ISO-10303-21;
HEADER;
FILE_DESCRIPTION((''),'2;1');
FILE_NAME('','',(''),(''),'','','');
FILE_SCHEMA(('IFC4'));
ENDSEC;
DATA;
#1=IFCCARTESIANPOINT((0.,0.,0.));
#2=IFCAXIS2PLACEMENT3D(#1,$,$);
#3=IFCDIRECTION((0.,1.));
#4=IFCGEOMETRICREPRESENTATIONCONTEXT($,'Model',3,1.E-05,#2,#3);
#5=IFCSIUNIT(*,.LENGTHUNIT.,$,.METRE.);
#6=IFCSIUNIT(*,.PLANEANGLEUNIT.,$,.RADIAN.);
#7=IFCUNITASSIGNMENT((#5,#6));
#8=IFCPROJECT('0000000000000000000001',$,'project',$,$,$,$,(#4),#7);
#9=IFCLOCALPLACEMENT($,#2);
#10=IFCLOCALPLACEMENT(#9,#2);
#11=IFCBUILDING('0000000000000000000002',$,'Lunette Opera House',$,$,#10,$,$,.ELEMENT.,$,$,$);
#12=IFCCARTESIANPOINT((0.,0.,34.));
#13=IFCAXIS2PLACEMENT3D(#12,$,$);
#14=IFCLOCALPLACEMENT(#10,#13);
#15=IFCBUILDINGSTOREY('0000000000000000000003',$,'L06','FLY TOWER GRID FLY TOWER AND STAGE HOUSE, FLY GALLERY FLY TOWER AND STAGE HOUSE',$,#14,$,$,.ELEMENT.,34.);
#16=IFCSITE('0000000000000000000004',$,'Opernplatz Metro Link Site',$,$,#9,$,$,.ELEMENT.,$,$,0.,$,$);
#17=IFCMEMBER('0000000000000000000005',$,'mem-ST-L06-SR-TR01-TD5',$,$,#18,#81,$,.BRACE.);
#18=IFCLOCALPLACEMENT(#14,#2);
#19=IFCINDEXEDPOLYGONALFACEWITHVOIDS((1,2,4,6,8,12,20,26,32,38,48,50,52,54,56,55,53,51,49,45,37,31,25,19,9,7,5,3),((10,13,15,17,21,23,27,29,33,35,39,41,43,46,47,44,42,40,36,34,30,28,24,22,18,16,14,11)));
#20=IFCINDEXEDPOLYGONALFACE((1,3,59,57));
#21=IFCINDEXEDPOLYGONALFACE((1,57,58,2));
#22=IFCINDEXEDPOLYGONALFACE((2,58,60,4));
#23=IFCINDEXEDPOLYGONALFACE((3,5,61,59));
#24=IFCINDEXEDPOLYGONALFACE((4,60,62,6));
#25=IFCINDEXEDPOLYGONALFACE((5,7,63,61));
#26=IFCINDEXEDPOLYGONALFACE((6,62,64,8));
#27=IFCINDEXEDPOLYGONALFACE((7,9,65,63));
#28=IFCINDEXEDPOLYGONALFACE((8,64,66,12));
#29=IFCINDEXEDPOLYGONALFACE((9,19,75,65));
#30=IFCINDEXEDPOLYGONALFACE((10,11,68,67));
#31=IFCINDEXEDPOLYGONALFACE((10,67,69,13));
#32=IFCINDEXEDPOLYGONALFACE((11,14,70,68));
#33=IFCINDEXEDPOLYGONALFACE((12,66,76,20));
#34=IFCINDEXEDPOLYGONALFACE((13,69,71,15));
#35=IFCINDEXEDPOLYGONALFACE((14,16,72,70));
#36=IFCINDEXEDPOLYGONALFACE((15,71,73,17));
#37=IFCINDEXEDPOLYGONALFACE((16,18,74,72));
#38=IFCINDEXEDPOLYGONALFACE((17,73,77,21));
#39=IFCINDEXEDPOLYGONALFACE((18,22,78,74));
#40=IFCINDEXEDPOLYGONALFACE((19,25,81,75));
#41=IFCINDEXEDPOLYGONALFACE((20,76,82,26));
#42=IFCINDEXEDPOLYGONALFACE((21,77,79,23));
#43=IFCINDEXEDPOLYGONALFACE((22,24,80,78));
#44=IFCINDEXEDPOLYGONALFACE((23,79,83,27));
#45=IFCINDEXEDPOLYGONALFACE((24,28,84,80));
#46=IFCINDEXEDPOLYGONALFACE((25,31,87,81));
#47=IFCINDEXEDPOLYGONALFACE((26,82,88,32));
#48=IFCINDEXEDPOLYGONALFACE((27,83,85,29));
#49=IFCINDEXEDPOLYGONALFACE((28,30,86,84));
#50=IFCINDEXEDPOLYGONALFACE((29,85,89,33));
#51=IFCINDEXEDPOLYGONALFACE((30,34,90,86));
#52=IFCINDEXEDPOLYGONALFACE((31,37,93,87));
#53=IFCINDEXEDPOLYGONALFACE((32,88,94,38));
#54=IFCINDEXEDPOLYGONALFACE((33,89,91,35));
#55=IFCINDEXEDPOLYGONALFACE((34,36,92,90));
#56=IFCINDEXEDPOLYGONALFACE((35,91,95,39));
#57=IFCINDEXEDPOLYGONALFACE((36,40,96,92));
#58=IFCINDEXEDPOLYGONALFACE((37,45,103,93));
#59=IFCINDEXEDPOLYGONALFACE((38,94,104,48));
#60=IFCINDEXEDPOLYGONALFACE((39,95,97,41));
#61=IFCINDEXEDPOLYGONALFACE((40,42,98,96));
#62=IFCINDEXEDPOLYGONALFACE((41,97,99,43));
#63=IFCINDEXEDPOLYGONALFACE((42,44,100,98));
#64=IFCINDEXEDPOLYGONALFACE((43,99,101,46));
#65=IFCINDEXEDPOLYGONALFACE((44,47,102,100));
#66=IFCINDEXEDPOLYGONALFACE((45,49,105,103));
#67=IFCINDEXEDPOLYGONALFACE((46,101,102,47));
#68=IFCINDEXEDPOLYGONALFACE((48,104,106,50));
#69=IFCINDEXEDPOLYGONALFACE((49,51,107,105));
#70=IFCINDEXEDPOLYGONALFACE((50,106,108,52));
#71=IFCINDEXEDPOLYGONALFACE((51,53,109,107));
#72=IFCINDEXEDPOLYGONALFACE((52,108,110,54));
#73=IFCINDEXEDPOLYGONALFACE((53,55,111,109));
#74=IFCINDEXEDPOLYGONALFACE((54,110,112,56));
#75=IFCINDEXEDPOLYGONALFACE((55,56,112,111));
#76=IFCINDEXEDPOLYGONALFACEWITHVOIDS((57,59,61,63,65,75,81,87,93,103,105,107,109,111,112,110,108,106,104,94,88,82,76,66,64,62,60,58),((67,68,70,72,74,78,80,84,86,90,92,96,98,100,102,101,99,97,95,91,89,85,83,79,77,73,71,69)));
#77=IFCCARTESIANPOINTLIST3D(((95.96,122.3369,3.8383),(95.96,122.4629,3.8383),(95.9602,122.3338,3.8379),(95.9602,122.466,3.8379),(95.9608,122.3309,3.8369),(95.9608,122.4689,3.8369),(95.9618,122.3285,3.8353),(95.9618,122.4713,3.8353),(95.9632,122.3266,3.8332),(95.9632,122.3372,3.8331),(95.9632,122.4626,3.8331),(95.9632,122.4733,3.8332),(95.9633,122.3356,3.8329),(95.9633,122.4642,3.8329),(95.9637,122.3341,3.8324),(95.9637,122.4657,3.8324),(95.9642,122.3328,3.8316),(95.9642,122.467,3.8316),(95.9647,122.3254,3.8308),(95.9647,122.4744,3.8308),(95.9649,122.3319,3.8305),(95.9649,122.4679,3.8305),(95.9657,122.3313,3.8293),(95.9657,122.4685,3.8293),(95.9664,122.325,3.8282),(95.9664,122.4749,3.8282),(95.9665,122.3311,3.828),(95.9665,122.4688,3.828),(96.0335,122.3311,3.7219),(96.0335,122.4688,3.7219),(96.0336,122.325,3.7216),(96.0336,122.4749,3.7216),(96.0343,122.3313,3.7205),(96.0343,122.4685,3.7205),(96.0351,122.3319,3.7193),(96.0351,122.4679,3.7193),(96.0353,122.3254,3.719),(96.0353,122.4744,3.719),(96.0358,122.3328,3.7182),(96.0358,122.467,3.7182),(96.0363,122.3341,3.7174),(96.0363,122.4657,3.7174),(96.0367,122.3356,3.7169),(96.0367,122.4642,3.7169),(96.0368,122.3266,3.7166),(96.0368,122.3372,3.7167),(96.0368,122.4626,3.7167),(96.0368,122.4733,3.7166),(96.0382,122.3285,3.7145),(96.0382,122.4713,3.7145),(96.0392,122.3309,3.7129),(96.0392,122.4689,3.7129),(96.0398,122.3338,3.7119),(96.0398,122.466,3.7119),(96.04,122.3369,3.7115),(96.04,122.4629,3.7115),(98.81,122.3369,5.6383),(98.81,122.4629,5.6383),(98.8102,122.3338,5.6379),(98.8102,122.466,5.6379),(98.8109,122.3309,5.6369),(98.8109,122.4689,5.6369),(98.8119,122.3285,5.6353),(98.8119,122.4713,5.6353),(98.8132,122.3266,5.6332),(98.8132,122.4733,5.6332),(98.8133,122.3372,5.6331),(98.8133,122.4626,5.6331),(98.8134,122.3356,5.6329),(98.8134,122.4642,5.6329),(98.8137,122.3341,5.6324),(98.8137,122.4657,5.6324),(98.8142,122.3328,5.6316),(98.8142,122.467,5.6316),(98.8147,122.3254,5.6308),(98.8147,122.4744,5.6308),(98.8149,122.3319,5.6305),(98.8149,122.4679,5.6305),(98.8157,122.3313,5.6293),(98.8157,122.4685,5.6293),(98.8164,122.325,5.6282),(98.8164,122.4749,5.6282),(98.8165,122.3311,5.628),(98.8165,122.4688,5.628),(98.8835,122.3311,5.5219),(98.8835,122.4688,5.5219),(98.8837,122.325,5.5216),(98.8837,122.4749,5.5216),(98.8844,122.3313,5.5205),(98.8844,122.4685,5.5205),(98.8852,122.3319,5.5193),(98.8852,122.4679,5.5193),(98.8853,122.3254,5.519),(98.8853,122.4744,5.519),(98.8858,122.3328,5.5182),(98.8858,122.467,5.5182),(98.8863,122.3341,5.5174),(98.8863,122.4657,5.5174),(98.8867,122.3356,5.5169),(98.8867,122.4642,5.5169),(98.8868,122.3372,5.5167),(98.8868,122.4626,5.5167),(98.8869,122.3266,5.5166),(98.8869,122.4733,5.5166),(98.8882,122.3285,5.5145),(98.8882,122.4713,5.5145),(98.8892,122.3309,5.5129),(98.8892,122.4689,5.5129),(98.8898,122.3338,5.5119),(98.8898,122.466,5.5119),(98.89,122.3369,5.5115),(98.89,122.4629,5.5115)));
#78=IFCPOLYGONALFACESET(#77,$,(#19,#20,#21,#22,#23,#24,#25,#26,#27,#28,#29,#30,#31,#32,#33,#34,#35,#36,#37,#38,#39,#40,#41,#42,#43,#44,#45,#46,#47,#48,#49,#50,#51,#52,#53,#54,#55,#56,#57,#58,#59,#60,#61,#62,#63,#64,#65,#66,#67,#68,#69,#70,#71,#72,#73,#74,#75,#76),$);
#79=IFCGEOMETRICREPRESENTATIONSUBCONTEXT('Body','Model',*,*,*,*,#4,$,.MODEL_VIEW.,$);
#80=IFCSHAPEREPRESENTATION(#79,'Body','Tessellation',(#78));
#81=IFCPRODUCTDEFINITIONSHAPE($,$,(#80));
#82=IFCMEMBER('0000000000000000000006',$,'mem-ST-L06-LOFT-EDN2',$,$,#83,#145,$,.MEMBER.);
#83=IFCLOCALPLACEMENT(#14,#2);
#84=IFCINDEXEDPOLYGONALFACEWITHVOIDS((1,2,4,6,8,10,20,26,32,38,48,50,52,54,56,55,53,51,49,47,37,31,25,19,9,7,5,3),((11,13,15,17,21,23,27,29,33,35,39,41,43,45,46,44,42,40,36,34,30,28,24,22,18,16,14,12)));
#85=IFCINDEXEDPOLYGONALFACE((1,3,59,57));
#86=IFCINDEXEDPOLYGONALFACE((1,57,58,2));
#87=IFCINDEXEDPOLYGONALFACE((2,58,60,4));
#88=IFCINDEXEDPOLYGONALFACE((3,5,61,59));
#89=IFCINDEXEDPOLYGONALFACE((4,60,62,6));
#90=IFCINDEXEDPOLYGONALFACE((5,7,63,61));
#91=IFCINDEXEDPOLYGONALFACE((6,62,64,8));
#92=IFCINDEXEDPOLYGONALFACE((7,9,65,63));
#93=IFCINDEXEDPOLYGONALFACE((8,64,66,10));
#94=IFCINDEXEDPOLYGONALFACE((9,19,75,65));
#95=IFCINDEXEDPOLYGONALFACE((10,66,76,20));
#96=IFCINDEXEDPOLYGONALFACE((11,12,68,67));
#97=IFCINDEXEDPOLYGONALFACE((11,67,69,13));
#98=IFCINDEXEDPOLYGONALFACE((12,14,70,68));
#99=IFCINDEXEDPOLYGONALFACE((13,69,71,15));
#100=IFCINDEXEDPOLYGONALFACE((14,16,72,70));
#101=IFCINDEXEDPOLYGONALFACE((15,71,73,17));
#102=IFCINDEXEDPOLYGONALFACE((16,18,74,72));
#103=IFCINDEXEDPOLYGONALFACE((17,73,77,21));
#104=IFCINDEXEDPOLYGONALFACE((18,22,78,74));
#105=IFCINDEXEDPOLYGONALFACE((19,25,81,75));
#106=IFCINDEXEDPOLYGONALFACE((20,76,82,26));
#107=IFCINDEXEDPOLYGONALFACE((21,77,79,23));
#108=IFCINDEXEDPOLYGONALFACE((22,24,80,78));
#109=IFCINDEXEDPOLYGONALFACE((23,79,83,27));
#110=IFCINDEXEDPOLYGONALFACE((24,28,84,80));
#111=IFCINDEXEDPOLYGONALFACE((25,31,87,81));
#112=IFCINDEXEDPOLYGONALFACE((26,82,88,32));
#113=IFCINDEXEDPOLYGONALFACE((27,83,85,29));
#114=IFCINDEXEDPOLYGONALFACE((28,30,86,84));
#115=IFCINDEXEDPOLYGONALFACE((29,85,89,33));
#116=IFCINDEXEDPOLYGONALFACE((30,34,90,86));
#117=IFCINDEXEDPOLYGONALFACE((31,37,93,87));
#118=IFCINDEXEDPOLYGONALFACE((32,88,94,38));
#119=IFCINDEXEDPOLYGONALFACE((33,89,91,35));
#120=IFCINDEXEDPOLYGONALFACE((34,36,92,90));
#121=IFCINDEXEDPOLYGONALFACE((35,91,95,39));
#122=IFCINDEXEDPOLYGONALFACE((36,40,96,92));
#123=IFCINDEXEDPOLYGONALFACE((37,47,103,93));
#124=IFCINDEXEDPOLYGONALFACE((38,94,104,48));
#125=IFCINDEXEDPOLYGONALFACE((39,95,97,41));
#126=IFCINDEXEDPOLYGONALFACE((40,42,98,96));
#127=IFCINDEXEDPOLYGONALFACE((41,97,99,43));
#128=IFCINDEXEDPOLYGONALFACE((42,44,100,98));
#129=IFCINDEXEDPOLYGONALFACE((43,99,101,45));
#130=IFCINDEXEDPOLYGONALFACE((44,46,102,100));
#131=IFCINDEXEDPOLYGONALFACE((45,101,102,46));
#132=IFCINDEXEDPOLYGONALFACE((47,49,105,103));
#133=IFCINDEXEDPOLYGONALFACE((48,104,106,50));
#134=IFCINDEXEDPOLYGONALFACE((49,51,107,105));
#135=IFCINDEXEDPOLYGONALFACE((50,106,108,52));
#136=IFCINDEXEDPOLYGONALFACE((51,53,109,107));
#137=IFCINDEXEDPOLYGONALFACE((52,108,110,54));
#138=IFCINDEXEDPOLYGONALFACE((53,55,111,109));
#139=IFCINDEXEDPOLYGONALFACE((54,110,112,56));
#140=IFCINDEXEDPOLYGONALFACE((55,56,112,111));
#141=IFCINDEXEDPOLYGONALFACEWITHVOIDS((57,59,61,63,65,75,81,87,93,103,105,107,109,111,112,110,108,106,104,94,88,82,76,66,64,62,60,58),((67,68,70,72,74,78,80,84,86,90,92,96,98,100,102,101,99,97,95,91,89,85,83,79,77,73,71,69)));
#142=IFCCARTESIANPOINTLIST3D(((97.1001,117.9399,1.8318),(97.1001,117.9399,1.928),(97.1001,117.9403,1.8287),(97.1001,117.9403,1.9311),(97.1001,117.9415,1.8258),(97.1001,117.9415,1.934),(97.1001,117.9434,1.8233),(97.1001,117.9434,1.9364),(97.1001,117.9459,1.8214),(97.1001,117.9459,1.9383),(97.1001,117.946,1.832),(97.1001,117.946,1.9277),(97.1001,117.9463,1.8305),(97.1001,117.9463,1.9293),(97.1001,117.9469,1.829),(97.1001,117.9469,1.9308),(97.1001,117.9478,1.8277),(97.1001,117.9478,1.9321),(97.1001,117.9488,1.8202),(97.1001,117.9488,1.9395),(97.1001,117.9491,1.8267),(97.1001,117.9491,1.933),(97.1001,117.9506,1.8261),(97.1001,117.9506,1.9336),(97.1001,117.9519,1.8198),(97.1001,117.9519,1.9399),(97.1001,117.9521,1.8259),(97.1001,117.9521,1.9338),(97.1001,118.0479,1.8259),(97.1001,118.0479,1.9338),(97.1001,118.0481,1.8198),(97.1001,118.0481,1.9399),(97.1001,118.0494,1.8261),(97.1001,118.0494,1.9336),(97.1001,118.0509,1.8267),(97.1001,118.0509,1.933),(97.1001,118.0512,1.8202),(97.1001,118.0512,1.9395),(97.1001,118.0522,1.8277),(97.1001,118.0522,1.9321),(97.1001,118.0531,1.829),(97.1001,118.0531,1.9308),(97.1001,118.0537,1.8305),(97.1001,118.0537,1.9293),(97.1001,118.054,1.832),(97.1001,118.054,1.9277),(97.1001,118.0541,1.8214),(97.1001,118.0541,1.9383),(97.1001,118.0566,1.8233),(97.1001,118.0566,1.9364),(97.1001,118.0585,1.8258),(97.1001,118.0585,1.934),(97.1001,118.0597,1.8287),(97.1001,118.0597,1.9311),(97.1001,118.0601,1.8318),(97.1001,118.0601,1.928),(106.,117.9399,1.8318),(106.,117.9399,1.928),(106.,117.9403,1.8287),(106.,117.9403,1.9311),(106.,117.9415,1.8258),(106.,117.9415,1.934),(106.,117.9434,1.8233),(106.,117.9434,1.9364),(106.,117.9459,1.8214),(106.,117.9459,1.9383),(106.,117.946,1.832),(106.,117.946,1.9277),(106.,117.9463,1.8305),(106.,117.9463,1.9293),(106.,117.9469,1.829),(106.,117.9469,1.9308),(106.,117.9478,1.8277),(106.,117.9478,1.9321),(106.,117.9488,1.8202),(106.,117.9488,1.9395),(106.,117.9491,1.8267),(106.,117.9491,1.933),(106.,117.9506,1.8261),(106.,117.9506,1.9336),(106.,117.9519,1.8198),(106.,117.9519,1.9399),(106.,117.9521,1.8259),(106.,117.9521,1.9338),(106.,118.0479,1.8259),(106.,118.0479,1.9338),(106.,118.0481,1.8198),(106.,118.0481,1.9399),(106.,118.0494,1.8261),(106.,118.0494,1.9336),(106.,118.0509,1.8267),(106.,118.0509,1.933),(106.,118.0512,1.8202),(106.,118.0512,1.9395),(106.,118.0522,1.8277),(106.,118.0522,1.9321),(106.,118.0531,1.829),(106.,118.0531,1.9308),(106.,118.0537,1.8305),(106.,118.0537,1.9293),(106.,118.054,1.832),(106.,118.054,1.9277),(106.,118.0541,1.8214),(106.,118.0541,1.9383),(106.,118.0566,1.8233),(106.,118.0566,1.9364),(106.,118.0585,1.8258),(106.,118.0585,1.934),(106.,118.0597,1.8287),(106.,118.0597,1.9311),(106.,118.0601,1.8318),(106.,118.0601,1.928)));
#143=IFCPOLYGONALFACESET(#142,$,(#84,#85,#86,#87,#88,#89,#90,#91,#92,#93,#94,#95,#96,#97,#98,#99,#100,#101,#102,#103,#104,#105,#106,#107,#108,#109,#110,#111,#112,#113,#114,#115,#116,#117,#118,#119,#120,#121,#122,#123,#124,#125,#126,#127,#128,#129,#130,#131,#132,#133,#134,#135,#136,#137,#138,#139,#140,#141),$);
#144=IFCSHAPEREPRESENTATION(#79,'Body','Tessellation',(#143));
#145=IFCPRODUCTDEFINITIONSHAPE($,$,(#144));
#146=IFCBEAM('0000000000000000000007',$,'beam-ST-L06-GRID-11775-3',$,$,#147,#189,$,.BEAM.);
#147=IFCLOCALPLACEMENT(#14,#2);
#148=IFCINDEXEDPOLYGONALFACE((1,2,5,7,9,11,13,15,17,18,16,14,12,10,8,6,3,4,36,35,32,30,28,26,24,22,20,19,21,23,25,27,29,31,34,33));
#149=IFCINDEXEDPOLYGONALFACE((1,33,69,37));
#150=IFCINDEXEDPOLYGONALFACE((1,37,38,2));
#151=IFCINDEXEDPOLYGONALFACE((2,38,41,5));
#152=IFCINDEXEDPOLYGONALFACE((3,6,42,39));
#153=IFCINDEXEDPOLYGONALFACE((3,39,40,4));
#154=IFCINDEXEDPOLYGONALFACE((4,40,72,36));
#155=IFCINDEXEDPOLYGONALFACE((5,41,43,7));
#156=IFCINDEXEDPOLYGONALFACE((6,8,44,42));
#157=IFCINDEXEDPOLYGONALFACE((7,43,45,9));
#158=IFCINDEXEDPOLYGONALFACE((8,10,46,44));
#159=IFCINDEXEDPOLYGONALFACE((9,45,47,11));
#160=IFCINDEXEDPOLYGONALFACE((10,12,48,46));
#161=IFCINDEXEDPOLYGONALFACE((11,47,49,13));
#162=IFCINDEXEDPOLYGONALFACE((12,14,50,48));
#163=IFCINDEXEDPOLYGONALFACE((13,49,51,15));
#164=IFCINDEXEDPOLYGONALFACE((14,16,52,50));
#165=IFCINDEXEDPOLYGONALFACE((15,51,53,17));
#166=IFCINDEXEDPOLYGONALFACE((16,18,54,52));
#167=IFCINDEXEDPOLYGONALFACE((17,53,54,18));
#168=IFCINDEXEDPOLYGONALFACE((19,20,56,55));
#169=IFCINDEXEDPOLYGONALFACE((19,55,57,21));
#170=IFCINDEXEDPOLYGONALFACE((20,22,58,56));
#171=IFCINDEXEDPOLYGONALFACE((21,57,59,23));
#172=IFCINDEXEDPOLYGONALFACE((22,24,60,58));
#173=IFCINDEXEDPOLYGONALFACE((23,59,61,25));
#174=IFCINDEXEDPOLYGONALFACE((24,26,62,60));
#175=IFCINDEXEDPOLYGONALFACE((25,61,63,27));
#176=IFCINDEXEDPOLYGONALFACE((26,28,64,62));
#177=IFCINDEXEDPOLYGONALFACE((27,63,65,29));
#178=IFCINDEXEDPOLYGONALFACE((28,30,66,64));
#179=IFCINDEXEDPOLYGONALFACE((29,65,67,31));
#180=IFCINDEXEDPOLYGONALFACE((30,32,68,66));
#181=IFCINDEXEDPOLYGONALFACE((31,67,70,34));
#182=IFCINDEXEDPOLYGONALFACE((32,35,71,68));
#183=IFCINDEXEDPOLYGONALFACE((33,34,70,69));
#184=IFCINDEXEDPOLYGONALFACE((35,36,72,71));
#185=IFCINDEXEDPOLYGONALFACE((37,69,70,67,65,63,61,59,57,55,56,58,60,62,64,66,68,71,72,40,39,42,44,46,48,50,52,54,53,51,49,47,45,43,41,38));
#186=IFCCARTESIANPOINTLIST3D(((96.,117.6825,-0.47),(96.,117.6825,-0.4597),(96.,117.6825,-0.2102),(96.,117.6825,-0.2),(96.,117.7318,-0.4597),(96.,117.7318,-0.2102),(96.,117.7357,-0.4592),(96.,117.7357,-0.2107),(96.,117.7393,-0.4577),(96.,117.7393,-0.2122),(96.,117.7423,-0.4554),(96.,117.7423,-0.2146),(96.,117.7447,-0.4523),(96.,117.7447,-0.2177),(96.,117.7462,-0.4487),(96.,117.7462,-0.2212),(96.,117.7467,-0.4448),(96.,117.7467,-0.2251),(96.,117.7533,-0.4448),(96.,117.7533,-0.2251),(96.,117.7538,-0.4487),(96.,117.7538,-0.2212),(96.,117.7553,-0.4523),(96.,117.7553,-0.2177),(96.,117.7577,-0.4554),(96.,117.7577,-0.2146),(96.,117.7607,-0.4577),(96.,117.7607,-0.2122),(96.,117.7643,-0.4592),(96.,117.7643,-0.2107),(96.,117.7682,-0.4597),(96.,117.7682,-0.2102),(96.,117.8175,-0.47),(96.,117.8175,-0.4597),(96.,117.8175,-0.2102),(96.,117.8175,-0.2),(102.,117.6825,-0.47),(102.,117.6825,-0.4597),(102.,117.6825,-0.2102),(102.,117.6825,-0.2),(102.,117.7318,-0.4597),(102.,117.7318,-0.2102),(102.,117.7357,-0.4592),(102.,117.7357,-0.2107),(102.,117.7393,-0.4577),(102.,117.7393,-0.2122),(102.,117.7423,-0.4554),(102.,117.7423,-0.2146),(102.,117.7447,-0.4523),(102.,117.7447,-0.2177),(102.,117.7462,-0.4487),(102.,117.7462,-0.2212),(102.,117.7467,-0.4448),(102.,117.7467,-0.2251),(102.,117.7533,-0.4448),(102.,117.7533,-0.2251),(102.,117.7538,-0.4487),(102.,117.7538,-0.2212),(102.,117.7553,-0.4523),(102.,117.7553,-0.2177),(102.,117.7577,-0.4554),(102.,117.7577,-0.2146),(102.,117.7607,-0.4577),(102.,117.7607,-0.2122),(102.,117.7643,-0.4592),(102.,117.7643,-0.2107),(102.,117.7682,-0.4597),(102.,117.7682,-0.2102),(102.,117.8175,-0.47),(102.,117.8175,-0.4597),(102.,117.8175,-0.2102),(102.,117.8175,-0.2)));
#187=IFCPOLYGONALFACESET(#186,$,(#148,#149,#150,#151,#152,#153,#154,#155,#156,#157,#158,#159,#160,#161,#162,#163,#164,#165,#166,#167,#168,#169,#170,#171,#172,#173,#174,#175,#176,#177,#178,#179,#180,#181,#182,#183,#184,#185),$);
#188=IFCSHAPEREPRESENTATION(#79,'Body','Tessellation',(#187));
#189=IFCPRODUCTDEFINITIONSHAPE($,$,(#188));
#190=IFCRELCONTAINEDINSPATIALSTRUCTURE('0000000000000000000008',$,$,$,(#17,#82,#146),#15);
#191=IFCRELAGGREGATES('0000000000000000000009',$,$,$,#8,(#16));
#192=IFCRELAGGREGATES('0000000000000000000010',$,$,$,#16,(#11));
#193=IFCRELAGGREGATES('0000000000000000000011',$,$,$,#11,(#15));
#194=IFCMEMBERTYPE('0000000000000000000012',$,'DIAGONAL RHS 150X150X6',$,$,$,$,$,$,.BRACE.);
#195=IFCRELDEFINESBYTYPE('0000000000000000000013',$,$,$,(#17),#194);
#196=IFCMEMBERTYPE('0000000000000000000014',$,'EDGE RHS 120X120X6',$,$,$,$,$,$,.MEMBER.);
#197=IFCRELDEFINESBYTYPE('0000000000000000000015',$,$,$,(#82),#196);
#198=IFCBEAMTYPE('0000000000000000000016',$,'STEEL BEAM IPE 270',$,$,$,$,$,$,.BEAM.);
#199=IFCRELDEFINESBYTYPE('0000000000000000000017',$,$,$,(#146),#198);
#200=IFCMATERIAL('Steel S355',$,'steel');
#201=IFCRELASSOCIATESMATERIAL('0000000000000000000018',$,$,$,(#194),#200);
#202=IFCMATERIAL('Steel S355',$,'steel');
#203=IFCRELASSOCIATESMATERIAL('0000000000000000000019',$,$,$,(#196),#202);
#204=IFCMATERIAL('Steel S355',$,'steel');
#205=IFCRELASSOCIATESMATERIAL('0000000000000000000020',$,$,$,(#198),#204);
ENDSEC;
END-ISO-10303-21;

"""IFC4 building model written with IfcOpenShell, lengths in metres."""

from ifc_helpers import new_model, si_unit, direction, frame, origin, origin_2d, place, context, subcontext, project, spatial, hollow_rectangle, i_section, extrude, material, material_profile, profile_set, type_object, element, save


model = new_model("IFC4")

# Units and contexts
model_context = context("Model", 3, precision=1e-05, world=origin(), true_north=direction((0.0, 1.0)))
body_context = subcontext(model_context, "Body", "Model", "MODEL_VIEW")
ifc_project = project(units=[si_unit("LENGTHUNIT", "METRE"), si_unit("PLANEANGLEUNIT", "RADIAN")], contexts=[model_context])

# Site, building, storey
site_placement = place(None, origin())
site = spatial("IfcSite", under=ifc_project, at=site_placement, Name="Opernplatz Metro Link Site", CompositionType="ELEMENT", RefElevation=0.0)
building_placement = place(site_placement, origin())
building = spatial("IfcBuilding", under=site, at=building_placement, Name="Lunette Opera House", CompositionType="ELEMENT")
storey_placement = place(building_placement, frame((0.0, 0.0, 34.0)))
storey = spatial("IfcBuildingStorey", under=building, at=storey_placement, Name="L06", Description="FLY TOWER GRID FLY TOWER AND STAGE HOUSE, FLY GALLERY FLY TOWER AND STAGE HOUSE", CompositionType="ELEMENT", Elevation=34.0)

# Members
ifc_material_1 = material(Name="Steel S355", Category="steel")
ifc_material_profile_1 = material_profile(ifc_material_1, hollow_rectangle(XDim=0.1499, YDim=0.1499, WallThickness=0.0061, InnerFilletRadius=0.0061, OuterFilletRadius=0.012, at=origin_2d()), Name="RHS 150X150X6")
ifc_profile_set_1 = profile_set([ifc_material_profile_1], Name="Steel S355")
member_type_1 = type_object("IfcMemberType", Name="DIAGONAL RHS 150X150X6", PredefinedType="BRACE", material=ifc_profile_set_1)
member_1_placement = place(storey_placement, frame((96.0, 122.3999, 3.7749), z_axis=(0.845491, 0.0, 0.53399), x_axis=(0.0, 1.0, 0.0)))
element("IfcMember", 1, at=member_1_placement, inside=storey, type_object=member_type_1, Name="mem-ST-L06-SR-TR01-TD5", PredefinedType="BRACE", context=body_context, shape_type="SweptSolid", body=[
    extrude(hollow_rectangle(XDim=0.1499, YDim=0.1499, WallThickness=0.0061, InnerFilletRadius=0.0061, OuterFilletRadius=0.012, at=origin_2d()), origin(), (0.0, 0.0, 1.0), 3.3708),
])
ifc_material_2 = material(Name="Steel S355", Category="steel")
ifc_material_profile_2 = material_profile(ifc_material_2, hollow_rectangle(XDim=0.1201, YDim=0.1201, WallThickness=0.0061, InnerFilletRadius=0.0061, OuterFilletRadius=0.012, at=origin_2d()), Name="RHS 120X120X6")
ifc_profile_set_2 = profile_set([ifc_material_profile_2], Name="Steel S355")
member_type_2 = type_object("IfcMemberType", Name="EDGE RHS 120X120X6", PredefinedType="MEMBER", material=ifc_profile_set_2)
member_2_placement = place(storey_placement, frame((97.1001, 118.0, 1.8799), z_axis=(1.0, 0.0, 0.0), x_axis=(0.0, 1.0, 0.0)))
element("IfcMember", 2, at=member_2_placement, inside=storey, type_object=member_type_2, Name="mem-ST-L06-LOFT-EDN2", PredefinedType="MEMBER", context=body_context, shape_type="SweptSolid", body=[
    extrude(hollow_rectangle(XDim=0.1201, YDim=0.1201, WallThickness=0.0061, InnerFilletRadius=0.0061, OuterFilletRadius=0.012, at=origin_2d()), origin(), (0.0, 0.0, 1.0), 8.8999),
])

# Beam
ifc_material_3 = material(Name="Steel S355", Category="steel")
ifc_material_profile_3 = material_profile(ifc_material_3, i_section(OverallWidth=0.135, OverallDepth=0.27, WebThickness=0.0066, FlangeThickness=0.0103, FilletRadius=0.0149, at=origin_2d()), Name="IPE 270")
ifc_profile_set_3 = profile_set([ifc_material_profile_3], Name="Steel S355")
beam_type = type_object("IfcBeamType", Name="STEEL BEAM IPE 270", PredefinedType="BEAM", material=ifc_profile_set_3)
beam_1_placement = place(storey_placement, frame((96.0, 117.75, -0.335), z_axis=(1.0, 0.0, 0.0), x_axis=(0.0, 1.0, 0.0)))
element("IfcBeam", 3, at=beam_1_placement, inside=storey, type_object=beam_type, Name="beam-ST-L06-GRID-11775-3", PredefinedType="BEAM", context=body_context, shape_type="SweptSolid", body=[
    extrude(i_section(OverallWidth=0.135, OverallDepth=0.27, WebThickness=0.0066, FlangeThickness=0.0103, FilletRadius=0.0149, at=origin_2d()), origin(), (0.0, 0.0, 1.0), 6.0),
])

save(model, "model.ifc")
